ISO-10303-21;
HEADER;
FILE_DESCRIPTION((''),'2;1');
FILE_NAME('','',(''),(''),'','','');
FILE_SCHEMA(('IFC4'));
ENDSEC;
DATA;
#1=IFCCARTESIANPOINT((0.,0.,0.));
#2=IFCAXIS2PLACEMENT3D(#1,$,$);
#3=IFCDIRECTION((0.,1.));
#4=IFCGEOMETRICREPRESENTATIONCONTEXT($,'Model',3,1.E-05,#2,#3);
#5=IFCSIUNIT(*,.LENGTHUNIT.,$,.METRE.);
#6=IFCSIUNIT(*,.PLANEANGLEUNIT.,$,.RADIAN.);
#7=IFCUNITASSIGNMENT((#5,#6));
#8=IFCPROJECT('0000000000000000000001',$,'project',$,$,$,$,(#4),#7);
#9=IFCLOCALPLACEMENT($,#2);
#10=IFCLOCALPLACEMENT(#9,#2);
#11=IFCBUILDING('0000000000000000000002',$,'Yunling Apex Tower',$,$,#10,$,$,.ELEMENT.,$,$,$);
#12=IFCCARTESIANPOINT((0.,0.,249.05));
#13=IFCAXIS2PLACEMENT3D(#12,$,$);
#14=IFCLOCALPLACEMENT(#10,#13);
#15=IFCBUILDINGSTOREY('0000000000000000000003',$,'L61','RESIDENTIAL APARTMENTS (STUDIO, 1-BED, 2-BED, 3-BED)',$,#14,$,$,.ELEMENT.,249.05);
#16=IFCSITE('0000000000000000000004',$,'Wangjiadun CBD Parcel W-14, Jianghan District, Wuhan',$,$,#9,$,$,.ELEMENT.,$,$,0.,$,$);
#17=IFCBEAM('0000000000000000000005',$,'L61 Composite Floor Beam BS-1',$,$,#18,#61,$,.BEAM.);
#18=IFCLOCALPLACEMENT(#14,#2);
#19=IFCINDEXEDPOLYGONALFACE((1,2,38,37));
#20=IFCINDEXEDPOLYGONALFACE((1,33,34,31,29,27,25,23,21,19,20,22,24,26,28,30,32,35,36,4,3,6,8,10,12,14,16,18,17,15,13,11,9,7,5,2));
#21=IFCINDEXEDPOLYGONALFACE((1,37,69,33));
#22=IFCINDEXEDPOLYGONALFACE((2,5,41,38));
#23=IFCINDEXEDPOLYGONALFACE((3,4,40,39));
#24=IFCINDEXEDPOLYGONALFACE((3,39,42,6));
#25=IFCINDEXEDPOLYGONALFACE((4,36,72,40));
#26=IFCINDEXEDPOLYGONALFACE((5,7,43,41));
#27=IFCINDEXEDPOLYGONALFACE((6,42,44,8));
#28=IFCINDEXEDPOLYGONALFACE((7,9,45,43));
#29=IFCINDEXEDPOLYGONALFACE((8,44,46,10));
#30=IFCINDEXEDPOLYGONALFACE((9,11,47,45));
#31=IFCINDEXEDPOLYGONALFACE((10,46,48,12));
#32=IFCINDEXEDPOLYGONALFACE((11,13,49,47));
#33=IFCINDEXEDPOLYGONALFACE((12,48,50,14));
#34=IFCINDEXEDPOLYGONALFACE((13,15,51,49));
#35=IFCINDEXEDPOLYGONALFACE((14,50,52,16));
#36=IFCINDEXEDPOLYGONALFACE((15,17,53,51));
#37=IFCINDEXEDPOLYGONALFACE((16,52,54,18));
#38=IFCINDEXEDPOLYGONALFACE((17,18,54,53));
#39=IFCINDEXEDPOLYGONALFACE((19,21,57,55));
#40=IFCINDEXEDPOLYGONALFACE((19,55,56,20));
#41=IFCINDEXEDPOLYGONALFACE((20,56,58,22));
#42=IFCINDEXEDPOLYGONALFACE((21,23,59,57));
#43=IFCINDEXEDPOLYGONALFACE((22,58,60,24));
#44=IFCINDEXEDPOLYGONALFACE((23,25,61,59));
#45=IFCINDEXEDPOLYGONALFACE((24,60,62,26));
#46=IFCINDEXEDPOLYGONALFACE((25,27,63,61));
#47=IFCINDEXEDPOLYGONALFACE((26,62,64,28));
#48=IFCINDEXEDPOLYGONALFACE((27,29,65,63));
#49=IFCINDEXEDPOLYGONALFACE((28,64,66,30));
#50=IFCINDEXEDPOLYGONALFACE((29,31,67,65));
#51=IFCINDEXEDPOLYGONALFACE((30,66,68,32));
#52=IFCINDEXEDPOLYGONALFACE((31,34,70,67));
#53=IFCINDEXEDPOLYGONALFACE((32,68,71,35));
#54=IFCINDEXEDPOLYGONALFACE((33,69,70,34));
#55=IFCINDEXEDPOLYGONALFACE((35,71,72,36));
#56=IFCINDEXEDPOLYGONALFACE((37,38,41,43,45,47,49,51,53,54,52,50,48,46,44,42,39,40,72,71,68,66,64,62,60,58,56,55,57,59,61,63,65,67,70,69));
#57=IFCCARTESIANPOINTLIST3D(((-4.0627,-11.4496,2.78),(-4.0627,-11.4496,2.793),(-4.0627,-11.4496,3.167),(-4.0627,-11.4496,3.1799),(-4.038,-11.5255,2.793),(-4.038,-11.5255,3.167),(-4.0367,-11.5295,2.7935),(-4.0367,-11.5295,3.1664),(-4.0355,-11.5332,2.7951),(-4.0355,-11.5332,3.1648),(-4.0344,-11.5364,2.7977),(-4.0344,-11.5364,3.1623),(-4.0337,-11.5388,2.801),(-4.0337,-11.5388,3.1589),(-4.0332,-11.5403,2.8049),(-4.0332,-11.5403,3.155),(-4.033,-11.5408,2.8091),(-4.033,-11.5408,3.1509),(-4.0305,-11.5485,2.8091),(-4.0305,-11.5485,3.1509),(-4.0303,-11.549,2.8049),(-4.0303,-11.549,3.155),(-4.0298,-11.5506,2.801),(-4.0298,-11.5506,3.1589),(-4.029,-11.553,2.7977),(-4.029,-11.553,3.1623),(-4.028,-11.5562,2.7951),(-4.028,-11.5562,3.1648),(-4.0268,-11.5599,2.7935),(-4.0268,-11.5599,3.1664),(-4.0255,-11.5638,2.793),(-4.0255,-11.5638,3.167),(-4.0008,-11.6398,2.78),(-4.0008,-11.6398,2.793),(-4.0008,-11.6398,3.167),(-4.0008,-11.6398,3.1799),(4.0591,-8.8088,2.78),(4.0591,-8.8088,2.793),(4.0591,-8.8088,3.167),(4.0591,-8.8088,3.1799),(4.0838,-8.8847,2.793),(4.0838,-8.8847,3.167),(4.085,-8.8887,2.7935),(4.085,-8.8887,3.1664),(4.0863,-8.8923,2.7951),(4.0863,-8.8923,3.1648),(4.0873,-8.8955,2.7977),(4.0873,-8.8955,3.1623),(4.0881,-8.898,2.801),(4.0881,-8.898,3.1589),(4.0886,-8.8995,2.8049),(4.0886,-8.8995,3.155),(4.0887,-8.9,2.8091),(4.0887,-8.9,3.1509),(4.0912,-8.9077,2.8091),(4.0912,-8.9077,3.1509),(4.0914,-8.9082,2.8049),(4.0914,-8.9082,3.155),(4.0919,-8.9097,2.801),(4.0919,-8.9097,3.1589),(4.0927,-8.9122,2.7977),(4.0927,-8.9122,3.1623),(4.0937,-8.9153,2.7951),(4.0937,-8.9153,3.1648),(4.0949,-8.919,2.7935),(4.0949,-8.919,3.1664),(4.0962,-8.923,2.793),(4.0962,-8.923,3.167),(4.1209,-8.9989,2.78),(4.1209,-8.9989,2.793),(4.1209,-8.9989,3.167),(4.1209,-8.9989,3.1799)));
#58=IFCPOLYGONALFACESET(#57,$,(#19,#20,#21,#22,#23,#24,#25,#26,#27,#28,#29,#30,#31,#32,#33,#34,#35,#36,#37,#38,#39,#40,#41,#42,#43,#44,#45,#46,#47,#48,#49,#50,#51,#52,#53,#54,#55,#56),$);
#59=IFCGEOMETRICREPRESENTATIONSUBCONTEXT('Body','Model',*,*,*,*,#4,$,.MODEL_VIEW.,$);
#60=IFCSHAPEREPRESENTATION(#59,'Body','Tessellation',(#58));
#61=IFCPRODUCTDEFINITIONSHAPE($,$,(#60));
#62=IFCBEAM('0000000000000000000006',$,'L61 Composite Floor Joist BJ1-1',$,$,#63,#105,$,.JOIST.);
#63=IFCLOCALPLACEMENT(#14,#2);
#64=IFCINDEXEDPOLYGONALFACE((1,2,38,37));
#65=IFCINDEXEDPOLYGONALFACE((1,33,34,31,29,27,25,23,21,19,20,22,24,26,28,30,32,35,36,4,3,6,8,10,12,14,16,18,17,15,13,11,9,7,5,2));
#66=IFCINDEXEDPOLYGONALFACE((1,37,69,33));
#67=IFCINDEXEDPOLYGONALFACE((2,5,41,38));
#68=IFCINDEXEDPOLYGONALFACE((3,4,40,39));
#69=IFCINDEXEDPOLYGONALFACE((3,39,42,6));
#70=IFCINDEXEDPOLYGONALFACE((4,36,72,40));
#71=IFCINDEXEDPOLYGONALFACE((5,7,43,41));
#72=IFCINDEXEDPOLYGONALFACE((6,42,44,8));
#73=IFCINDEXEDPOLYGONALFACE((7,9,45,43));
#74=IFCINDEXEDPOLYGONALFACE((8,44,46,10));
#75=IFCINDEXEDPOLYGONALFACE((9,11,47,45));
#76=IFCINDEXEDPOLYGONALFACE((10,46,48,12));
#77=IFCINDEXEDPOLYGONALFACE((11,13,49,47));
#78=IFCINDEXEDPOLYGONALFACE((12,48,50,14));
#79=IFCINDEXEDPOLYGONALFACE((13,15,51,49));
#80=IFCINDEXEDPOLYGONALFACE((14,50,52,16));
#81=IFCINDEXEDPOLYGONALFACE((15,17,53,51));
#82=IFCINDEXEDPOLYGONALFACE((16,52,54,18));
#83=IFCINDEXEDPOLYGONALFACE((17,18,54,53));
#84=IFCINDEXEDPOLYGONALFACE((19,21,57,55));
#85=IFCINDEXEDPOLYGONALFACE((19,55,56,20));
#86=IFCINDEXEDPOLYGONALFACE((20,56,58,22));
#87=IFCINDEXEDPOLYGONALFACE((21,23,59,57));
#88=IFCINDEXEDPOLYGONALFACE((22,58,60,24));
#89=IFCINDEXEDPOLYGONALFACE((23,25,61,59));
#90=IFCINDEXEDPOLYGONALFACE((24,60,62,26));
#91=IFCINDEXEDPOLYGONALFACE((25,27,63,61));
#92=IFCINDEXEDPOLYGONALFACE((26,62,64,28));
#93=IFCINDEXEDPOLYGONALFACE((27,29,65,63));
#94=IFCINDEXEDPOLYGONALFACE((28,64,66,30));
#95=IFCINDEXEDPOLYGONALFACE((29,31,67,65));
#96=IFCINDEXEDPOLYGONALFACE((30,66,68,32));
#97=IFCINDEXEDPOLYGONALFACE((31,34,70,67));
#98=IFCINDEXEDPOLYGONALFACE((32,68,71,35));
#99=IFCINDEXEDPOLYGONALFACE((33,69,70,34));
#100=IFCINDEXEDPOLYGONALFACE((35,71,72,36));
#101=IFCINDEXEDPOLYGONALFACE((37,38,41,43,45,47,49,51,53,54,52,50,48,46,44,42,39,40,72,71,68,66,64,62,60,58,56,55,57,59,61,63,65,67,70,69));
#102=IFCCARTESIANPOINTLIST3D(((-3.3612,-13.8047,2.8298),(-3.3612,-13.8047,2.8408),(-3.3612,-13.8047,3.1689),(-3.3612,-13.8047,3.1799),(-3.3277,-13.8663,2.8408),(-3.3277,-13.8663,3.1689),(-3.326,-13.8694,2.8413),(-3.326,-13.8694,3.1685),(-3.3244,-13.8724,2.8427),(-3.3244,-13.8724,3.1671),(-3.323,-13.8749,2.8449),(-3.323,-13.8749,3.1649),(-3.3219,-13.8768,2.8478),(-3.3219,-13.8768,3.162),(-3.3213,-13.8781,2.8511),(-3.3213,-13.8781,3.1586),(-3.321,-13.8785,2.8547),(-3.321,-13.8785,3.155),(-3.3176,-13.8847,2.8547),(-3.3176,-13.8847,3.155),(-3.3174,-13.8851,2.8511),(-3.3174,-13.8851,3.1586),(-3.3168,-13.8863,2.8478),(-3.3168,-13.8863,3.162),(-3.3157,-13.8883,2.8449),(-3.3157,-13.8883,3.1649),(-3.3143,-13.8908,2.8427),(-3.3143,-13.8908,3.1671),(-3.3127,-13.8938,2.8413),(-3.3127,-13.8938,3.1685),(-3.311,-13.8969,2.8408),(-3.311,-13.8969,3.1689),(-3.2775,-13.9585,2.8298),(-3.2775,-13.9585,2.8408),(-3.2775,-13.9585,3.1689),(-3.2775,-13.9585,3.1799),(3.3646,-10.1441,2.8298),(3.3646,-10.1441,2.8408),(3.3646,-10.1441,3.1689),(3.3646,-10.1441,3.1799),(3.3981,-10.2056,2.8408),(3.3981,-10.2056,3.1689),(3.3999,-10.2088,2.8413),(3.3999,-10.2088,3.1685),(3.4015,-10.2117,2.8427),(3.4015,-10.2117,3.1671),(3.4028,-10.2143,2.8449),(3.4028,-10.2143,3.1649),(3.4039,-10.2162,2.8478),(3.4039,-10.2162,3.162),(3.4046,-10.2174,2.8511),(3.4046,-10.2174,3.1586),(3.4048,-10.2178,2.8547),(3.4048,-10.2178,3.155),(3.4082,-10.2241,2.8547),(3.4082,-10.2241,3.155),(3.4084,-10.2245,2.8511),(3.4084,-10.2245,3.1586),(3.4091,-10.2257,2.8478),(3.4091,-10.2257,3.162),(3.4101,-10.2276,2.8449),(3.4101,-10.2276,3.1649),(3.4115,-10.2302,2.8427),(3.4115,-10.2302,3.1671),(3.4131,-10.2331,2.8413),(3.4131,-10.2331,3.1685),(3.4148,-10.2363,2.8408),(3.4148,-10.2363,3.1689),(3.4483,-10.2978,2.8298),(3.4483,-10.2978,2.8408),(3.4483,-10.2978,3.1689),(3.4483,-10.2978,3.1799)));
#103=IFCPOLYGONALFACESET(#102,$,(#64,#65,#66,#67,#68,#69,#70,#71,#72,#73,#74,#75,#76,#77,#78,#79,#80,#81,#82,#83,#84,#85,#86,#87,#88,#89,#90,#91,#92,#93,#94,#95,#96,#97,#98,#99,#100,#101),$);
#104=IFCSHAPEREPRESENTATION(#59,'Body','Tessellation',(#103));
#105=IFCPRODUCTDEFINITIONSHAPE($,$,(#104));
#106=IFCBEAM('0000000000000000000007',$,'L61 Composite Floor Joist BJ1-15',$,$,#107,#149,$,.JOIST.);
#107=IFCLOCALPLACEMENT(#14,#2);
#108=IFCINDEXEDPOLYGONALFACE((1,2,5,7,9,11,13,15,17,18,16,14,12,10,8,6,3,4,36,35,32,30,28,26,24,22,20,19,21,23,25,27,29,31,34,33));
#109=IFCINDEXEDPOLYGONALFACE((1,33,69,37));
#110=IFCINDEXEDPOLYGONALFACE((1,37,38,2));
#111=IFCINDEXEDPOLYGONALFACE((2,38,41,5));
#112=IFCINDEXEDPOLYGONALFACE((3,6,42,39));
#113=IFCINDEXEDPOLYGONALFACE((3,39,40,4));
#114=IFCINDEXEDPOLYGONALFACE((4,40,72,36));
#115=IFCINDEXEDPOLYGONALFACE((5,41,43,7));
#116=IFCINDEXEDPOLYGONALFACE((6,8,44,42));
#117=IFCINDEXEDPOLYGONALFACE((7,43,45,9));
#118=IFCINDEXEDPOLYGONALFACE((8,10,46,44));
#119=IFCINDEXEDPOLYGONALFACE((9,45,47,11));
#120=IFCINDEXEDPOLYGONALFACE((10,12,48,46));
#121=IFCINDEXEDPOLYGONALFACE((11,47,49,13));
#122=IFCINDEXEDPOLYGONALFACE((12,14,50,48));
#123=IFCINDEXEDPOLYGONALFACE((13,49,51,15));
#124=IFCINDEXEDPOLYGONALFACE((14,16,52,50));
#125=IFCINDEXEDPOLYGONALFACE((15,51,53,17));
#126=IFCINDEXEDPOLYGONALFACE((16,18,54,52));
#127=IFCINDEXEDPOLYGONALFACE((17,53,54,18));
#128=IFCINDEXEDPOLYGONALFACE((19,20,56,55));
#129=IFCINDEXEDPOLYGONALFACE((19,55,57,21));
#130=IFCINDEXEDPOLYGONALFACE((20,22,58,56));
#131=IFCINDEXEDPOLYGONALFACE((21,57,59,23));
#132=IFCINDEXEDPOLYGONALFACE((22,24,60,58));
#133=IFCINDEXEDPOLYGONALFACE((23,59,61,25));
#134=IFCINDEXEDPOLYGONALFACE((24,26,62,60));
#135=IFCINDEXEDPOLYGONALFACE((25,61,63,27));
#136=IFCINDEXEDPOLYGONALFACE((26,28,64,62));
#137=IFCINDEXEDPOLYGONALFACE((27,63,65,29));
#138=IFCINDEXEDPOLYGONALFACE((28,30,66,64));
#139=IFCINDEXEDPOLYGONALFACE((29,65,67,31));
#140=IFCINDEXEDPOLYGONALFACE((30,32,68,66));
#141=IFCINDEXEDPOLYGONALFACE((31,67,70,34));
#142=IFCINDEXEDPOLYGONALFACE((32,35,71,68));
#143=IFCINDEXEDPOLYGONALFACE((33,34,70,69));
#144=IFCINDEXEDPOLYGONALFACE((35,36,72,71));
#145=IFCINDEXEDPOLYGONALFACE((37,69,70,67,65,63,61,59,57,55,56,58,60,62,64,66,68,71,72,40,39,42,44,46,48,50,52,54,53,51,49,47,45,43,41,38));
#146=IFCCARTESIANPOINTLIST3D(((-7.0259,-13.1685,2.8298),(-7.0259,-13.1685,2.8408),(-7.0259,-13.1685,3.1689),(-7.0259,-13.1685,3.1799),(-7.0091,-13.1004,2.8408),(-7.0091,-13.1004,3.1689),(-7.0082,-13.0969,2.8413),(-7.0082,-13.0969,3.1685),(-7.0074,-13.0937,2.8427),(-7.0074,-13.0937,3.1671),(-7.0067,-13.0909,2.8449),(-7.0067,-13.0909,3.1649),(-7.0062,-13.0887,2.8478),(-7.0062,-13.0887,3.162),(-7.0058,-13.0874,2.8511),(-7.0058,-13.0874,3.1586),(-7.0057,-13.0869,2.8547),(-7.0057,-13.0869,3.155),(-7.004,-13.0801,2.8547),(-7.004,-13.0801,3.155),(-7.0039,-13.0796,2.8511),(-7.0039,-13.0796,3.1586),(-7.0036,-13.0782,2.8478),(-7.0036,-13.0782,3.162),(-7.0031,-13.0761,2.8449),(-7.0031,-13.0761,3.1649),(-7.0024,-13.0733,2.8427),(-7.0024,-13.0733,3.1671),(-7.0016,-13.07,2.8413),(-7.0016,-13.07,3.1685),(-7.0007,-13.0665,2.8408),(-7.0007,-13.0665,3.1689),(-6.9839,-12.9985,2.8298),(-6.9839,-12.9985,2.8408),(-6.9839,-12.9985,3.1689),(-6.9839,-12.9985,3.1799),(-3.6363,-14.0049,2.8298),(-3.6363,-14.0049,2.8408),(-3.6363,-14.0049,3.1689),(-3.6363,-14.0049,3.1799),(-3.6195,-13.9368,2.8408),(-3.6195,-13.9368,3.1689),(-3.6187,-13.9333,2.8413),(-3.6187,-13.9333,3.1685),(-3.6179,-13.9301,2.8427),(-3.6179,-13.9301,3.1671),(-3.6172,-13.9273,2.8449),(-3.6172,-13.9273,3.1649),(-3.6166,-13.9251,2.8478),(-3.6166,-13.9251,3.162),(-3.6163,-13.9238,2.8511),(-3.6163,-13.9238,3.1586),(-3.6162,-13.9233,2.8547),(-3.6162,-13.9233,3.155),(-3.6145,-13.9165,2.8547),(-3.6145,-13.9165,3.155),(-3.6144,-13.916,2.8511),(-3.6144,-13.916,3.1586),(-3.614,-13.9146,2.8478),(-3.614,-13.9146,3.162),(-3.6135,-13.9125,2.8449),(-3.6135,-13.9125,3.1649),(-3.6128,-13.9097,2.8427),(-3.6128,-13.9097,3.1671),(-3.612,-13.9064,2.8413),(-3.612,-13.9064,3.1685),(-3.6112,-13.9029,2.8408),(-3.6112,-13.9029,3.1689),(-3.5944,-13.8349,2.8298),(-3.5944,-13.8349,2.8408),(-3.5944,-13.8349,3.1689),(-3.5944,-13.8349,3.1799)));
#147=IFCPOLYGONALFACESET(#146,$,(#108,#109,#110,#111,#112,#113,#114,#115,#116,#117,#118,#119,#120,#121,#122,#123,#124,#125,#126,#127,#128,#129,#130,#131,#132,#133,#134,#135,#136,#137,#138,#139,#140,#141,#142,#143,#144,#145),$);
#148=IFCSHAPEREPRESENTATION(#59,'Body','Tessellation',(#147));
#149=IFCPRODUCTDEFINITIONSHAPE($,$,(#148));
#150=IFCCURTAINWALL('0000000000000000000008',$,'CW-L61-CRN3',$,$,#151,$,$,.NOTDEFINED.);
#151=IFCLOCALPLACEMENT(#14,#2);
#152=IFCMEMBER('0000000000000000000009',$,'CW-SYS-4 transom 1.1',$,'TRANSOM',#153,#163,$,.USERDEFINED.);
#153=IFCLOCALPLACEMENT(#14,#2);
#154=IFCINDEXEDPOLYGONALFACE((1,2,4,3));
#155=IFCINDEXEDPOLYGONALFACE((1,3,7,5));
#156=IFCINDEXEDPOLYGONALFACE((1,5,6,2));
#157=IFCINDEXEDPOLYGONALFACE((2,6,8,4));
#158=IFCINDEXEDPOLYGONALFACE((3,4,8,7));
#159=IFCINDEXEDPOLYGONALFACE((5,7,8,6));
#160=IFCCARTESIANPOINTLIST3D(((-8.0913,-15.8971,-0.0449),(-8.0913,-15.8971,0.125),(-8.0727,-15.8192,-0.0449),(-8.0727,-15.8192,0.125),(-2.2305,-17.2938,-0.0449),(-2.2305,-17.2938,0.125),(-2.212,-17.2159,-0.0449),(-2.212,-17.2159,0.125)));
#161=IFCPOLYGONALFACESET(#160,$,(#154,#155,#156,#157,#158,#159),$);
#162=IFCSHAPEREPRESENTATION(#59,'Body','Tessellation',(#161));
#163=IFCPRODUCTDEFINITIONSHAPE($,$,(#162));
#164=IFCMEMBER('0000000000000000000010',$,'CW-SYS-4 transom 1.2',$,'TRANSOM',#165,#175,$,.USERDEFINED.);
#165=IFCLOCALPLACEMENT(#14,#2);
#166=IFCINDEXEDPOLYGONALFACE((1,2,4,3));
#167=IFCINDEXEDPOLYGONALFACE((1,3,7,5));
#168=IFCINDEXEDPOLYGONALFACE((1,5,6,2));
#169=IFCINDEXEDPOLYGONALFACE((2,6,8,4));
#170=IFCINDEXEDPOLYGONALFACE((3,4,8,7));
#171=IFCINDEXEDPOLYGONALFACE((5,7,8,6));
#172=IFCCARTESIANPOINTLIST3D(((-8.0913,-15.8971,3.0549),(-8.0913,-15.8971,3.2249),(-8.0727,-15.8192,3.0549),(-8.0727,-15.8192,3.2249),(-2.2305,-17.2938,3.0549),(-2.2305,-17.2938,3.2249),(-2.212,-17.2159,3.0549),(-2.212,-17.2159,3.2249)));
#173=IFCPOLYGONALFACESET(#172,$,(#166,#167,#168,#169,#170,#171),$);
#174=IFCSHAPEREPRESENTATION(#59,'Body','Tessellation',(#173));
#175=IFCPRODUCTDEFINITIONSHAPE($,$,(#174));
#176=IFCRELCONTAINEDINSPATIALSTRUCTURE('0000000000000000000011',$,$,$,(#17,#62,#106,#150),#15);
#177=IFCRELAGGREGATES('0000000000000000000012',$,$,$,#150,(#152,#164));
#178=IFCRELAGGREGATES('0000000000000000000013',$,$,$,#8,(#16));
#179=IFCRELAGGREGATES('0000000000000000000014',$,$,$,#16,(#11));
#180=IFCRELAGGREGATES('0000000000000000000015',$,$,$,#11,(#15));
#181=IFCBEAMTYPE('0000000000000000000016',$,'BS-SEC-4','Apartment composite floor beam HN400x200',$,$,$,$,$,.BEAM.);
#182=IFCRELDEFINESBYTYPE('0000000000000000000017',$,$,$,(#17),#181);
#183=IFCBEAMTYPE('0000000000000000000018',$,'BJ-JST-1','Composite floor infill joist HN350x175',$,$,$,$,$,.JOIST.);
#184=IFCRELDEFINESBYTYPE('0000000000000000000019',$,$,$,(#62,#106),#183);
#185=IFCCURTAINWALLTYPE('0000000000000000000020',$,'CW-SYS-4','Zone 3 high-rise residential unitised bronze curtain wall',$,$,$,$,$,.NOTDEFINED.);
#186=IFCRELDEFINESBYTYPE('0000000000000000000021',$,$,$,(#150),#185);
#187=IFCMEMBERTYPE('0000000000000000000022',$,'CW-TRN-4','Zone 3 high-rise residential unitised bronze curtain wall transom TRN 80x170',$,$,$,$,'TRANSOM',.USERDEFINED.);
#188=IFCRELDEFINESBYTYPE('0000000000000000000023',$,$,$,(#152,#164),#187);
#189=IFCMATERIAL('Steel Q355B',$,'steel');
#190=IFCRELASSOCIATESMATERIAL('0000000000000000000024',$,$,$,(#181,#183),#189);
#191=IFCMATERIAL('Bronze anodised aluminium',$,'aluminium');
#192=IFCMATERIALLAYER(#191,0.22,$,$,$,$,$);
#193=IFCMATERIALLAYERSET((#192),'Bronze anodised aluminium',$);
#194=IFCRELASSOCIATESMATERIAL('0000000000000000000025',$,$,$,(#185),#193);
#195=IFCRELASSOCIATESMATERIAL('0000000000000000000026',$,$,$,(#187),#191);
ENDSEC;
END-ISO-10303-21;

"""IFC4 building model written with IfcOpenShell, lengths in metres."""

from ifc_helpers import new_model, si_unit, direction, frame, origin, origin_2d, place, context, subcontext, project, spatial, rectangle, i_section, extrude, source, transform, mapped, material, layer, layer_set, material_profile, profile_set, type_object, element, aggregate, save


model = new_model("IFC4")

# Units and contexts
model_context = context("Model", 3, precision=1e-05, world=origin(), true_north=direction((0.0, 1.0)))
body_context = subcontext(model_context, "Body", "Model", "MODEL_VIEW")
ifc_project = project(units=[si_unit("LENGTHUNIT", "METRE"), si_unit("PLANEANGLEUNIT", "RADIAN")], contexts=[model_context])

# Site, building, storey
site_placement = place(None, origin())
site = spatial("IfcSite", under=ifc_project, at=site_placement, Name="Wangjiadun CBD Parcel W-14, Jianghan District, Wuhan", CompositionType="ELEMENT", RefElevation=0.0)
building_placement = place(site_placement, origin())
building = spatial("IfcBuilding", under=site, at=building_placement, Name="Yunling Apex Tower", CompositionType="ELEMENT")
storey_placement = place(building_placement, frame((0.0, 0.0, 249.05)))
storey = spatial("IfcBuildingStorey", under=building, at=storey_placement, Name="L61", Description="RESIDENTIAL APARTMENTS (STUDIO, 1-BED, 2-BED, 3-BED)", CompositionType="ELEMENT", Elevation=249.05)

# Beams
ifc_material_1 = material(Name="Steel Q355B", Category="steel")
ifc_material_profile_1 = material_profile(ifc_material_1, i_section(OverallWidth=0.2, OverallDepth=0.3999, WebThickness=0.0081, FlangeThickness=0.0129, FilletRadius=0.0161, at=origin_2d()))
ifc_profile_set_1 = profile_set([ifc_material_profile_1], Name="Steel Q355B")
beam_type_1 = type_object("IfcBeamType", Name="BS-SEC-4", Description="Apartment composite floor beam HN400x200", PredefinedType="BEAM", material=ifc_profile_set_1)
shared_shape_1 = source(origin(), body_context, "Body", "SweptSolid", [
    extrude(i_section(OverallWidth=0.2, OverallDepth=0.3999, WebThickness=0.0081, FlangeThickness=0.0129, FilletRadius=0.0161, at=origin_2d()), origin(), (0.0, 0.0, 1.0), 8.5403),
])
beam_1_placement = place(storey_placement, frame((-4.0317, -11.5447, 2.98), z_axis=(0.95099, 0.309221, 0.0), x_axis=(-0.309221, 0.95099, 0.0)))
element("IfcBeam", 1, at=beam_1_placement, inside=storey, type_object=beam_type_1, Name="L61 Composite Floor Beam BS-1", PredefinedType="BEAM", context=body_context, shape_type="MappedRepresentation", body=[
    mapped(shared_shape_1, transform((0.0, 0.0, 0.0), scale=1.0)),
])
ifc_material_profile_2 = material_profile(ifc_material_1, i_section(OverallWidth=0.175, OverallDepth=0.3501, WebThickness=0.0071, FlangeThickness=0.011, FilletRadius=0.0139, at=origin_2d()))
ifc_profile_set_2 = profile_set([ifc_material_profile_2], Name="Steel Q355B")
beam_type_2 = type_object("IfcBeamType", Name="BJ-JST-1", Description="Composite floor infill joist HN350x175", PredefinedType="JOIST", material=ifc_profile_set_2)
shared_shape_2 = source(origin(), body_context, "Body", "SweptSolid", [
    extrude(i_section(OverallWidth=0.175, OverallDepth=0.3501, WebThickness=0.0071, FlangeThickness=0.011, FilletRadius=0.0139, at=origin_2d()), origin(), (0.0, 0.0, 1.0), 7.6575),
])
beam_2_placement = place(storey_placement, frame((-3.3193, -13.8816, 3.0049), z_axis=(0.878334, 0.478048, 0.0), x_axis=(-0.478048, 0.878334, 0.0)))
element("IfcBeam", 2, at=beam_2_placement, inside=storey, type_object=beam_type_2, Name="L61 Composite Floor Joist BJ1-1", PredefinedType="JOIST", context=body_context, shape_type="MappedRepresentation", body=[
    mapped(shared_shape_2, transform((0.0, 0.0, 0.0), scale=1.0)),
])
shared_shape_3 = source(origin(), body_context, "Body", "SweptSolid", [
    extrude(i_section(OverallWidth=0.175, OverallDepth=0.3501, WebThickness=0.0071, FlangeThickness=0.011, FilletRadius=0.0139, at=origin_2d()), origin(), (0.0, 0.0, 1.0), 3.4912),
])
beam_3_placement = place(storey_placement, frame((-7.0049, -13.0835, 3.0049), z_axis=(0.970878, -0.239573, 0.0), x_axis=(0.239573, 0.970878, 0.0)))
element("IfcBeam", 3, at=beam_3_placement, inside=storey, type_object=beam_type_2, Name="L61 Composite Floor Joist BJ1-15", PredefinedType="JOIST", context=body_context, shape_type="MappedRepresentation", body=[
    mapped(shared_shape_3, transform((0.0, 0.0, 0.0), scale=1.0)),
])

# Curtain wall, members
ifc_material_2 = material(Name="Bronze anodised aluminium", Category="aluminium")
ifc_layer_1 = layer(ifc_material_2, 0.22)
ifc_layer_set_1 = layer_set([ifc_layer_1], Name="Bronze anodised aluminium")
curtain_wall_type = type_object("IfcCurtainWallType", Name="CW-SYS-4", Description="Zone 3 high-rise residential unitised bronze curtain wall", PredefinedType="NOTDEFINED", material=ifc_layer_set_1)
curtain_wall_1_placement = place(storey_placement, origin())
curtain_wall_1 = element("IfcCurtainWall", 4, at=curtain_wall_1_placement, inside=storey, type_object=curtain_wall_type, Name="CW-L61-CRN3", PredefinedType="NOTDEFINED")
ifc_material_profile_3 = material_profile(ifc_material_2, rectangle(XDim=0.0801, YDim=0.1699, at=origin_2d()))
ifc_profile_set_3 = profile_set([ifc_material_profile_3], Name="Bronze anodised aluminium")
member_type_1 = type_object("IfcMemberType", Name="CW-TRN-4", Description="Zone 3 high-rise residential unitised bronze curtain wall transom TRN 80x170", ElementType="TRANSOM", PredefinedType="USERDEFINED", material=ifc_profile_set_3)
shared_shape_4 = source(origin(), body_context, "Body", "SweptSolid", [
    extrude(rectangle(XDim=0.0801, YDim=0.1699, at=origin_2d()), origin(), (0.0, 0.0, 1.0), 6.0249),
])
member_1_placement = place(storey_placement, frame((-8.082, -15.8582, 0.04), z_axis=(0.972758, -0.231823, 0.0), x_axis=(0.231823, 0.972758, 0.0)))
member_1 = element("IfcMember", 5, at=member_1_placement, type_object=member_type_1, Name="CW-SYS-4 transom 1.1", ObjectType="TRANSOM", PredefinedType="USERDEFINED", context=body_context, shape_type="MappedRepresentation", body=[
    mapped(shared_shape_4, transform((0.0, 0.0, 0.0), scale=1.0)),
])
member_2_placement = place(storey_placement, frame((-8.082, -15.8582, 3.1399), z_axis=(0.972758, -0.231823, 0.0), x_axis=(0.231823, 0.972758, 0.0)))
member_2 = element("IfcMember", 6, at=member_2_placement, type_object=member_type_1, Name="CW-SYS-4 transom 1.2", ObjectType="TRANSOM", PredefinedType="USERDEFINED", context=body_context, shape_type="MappedRepresentation", body=[
    mapped(shared_shape_4, transform((0.0, 0.0, 0.0), scale=1.0)),
])

aggregate(curtain_wall_1, [member_1, member_2])

save(model, "model.ifc")
